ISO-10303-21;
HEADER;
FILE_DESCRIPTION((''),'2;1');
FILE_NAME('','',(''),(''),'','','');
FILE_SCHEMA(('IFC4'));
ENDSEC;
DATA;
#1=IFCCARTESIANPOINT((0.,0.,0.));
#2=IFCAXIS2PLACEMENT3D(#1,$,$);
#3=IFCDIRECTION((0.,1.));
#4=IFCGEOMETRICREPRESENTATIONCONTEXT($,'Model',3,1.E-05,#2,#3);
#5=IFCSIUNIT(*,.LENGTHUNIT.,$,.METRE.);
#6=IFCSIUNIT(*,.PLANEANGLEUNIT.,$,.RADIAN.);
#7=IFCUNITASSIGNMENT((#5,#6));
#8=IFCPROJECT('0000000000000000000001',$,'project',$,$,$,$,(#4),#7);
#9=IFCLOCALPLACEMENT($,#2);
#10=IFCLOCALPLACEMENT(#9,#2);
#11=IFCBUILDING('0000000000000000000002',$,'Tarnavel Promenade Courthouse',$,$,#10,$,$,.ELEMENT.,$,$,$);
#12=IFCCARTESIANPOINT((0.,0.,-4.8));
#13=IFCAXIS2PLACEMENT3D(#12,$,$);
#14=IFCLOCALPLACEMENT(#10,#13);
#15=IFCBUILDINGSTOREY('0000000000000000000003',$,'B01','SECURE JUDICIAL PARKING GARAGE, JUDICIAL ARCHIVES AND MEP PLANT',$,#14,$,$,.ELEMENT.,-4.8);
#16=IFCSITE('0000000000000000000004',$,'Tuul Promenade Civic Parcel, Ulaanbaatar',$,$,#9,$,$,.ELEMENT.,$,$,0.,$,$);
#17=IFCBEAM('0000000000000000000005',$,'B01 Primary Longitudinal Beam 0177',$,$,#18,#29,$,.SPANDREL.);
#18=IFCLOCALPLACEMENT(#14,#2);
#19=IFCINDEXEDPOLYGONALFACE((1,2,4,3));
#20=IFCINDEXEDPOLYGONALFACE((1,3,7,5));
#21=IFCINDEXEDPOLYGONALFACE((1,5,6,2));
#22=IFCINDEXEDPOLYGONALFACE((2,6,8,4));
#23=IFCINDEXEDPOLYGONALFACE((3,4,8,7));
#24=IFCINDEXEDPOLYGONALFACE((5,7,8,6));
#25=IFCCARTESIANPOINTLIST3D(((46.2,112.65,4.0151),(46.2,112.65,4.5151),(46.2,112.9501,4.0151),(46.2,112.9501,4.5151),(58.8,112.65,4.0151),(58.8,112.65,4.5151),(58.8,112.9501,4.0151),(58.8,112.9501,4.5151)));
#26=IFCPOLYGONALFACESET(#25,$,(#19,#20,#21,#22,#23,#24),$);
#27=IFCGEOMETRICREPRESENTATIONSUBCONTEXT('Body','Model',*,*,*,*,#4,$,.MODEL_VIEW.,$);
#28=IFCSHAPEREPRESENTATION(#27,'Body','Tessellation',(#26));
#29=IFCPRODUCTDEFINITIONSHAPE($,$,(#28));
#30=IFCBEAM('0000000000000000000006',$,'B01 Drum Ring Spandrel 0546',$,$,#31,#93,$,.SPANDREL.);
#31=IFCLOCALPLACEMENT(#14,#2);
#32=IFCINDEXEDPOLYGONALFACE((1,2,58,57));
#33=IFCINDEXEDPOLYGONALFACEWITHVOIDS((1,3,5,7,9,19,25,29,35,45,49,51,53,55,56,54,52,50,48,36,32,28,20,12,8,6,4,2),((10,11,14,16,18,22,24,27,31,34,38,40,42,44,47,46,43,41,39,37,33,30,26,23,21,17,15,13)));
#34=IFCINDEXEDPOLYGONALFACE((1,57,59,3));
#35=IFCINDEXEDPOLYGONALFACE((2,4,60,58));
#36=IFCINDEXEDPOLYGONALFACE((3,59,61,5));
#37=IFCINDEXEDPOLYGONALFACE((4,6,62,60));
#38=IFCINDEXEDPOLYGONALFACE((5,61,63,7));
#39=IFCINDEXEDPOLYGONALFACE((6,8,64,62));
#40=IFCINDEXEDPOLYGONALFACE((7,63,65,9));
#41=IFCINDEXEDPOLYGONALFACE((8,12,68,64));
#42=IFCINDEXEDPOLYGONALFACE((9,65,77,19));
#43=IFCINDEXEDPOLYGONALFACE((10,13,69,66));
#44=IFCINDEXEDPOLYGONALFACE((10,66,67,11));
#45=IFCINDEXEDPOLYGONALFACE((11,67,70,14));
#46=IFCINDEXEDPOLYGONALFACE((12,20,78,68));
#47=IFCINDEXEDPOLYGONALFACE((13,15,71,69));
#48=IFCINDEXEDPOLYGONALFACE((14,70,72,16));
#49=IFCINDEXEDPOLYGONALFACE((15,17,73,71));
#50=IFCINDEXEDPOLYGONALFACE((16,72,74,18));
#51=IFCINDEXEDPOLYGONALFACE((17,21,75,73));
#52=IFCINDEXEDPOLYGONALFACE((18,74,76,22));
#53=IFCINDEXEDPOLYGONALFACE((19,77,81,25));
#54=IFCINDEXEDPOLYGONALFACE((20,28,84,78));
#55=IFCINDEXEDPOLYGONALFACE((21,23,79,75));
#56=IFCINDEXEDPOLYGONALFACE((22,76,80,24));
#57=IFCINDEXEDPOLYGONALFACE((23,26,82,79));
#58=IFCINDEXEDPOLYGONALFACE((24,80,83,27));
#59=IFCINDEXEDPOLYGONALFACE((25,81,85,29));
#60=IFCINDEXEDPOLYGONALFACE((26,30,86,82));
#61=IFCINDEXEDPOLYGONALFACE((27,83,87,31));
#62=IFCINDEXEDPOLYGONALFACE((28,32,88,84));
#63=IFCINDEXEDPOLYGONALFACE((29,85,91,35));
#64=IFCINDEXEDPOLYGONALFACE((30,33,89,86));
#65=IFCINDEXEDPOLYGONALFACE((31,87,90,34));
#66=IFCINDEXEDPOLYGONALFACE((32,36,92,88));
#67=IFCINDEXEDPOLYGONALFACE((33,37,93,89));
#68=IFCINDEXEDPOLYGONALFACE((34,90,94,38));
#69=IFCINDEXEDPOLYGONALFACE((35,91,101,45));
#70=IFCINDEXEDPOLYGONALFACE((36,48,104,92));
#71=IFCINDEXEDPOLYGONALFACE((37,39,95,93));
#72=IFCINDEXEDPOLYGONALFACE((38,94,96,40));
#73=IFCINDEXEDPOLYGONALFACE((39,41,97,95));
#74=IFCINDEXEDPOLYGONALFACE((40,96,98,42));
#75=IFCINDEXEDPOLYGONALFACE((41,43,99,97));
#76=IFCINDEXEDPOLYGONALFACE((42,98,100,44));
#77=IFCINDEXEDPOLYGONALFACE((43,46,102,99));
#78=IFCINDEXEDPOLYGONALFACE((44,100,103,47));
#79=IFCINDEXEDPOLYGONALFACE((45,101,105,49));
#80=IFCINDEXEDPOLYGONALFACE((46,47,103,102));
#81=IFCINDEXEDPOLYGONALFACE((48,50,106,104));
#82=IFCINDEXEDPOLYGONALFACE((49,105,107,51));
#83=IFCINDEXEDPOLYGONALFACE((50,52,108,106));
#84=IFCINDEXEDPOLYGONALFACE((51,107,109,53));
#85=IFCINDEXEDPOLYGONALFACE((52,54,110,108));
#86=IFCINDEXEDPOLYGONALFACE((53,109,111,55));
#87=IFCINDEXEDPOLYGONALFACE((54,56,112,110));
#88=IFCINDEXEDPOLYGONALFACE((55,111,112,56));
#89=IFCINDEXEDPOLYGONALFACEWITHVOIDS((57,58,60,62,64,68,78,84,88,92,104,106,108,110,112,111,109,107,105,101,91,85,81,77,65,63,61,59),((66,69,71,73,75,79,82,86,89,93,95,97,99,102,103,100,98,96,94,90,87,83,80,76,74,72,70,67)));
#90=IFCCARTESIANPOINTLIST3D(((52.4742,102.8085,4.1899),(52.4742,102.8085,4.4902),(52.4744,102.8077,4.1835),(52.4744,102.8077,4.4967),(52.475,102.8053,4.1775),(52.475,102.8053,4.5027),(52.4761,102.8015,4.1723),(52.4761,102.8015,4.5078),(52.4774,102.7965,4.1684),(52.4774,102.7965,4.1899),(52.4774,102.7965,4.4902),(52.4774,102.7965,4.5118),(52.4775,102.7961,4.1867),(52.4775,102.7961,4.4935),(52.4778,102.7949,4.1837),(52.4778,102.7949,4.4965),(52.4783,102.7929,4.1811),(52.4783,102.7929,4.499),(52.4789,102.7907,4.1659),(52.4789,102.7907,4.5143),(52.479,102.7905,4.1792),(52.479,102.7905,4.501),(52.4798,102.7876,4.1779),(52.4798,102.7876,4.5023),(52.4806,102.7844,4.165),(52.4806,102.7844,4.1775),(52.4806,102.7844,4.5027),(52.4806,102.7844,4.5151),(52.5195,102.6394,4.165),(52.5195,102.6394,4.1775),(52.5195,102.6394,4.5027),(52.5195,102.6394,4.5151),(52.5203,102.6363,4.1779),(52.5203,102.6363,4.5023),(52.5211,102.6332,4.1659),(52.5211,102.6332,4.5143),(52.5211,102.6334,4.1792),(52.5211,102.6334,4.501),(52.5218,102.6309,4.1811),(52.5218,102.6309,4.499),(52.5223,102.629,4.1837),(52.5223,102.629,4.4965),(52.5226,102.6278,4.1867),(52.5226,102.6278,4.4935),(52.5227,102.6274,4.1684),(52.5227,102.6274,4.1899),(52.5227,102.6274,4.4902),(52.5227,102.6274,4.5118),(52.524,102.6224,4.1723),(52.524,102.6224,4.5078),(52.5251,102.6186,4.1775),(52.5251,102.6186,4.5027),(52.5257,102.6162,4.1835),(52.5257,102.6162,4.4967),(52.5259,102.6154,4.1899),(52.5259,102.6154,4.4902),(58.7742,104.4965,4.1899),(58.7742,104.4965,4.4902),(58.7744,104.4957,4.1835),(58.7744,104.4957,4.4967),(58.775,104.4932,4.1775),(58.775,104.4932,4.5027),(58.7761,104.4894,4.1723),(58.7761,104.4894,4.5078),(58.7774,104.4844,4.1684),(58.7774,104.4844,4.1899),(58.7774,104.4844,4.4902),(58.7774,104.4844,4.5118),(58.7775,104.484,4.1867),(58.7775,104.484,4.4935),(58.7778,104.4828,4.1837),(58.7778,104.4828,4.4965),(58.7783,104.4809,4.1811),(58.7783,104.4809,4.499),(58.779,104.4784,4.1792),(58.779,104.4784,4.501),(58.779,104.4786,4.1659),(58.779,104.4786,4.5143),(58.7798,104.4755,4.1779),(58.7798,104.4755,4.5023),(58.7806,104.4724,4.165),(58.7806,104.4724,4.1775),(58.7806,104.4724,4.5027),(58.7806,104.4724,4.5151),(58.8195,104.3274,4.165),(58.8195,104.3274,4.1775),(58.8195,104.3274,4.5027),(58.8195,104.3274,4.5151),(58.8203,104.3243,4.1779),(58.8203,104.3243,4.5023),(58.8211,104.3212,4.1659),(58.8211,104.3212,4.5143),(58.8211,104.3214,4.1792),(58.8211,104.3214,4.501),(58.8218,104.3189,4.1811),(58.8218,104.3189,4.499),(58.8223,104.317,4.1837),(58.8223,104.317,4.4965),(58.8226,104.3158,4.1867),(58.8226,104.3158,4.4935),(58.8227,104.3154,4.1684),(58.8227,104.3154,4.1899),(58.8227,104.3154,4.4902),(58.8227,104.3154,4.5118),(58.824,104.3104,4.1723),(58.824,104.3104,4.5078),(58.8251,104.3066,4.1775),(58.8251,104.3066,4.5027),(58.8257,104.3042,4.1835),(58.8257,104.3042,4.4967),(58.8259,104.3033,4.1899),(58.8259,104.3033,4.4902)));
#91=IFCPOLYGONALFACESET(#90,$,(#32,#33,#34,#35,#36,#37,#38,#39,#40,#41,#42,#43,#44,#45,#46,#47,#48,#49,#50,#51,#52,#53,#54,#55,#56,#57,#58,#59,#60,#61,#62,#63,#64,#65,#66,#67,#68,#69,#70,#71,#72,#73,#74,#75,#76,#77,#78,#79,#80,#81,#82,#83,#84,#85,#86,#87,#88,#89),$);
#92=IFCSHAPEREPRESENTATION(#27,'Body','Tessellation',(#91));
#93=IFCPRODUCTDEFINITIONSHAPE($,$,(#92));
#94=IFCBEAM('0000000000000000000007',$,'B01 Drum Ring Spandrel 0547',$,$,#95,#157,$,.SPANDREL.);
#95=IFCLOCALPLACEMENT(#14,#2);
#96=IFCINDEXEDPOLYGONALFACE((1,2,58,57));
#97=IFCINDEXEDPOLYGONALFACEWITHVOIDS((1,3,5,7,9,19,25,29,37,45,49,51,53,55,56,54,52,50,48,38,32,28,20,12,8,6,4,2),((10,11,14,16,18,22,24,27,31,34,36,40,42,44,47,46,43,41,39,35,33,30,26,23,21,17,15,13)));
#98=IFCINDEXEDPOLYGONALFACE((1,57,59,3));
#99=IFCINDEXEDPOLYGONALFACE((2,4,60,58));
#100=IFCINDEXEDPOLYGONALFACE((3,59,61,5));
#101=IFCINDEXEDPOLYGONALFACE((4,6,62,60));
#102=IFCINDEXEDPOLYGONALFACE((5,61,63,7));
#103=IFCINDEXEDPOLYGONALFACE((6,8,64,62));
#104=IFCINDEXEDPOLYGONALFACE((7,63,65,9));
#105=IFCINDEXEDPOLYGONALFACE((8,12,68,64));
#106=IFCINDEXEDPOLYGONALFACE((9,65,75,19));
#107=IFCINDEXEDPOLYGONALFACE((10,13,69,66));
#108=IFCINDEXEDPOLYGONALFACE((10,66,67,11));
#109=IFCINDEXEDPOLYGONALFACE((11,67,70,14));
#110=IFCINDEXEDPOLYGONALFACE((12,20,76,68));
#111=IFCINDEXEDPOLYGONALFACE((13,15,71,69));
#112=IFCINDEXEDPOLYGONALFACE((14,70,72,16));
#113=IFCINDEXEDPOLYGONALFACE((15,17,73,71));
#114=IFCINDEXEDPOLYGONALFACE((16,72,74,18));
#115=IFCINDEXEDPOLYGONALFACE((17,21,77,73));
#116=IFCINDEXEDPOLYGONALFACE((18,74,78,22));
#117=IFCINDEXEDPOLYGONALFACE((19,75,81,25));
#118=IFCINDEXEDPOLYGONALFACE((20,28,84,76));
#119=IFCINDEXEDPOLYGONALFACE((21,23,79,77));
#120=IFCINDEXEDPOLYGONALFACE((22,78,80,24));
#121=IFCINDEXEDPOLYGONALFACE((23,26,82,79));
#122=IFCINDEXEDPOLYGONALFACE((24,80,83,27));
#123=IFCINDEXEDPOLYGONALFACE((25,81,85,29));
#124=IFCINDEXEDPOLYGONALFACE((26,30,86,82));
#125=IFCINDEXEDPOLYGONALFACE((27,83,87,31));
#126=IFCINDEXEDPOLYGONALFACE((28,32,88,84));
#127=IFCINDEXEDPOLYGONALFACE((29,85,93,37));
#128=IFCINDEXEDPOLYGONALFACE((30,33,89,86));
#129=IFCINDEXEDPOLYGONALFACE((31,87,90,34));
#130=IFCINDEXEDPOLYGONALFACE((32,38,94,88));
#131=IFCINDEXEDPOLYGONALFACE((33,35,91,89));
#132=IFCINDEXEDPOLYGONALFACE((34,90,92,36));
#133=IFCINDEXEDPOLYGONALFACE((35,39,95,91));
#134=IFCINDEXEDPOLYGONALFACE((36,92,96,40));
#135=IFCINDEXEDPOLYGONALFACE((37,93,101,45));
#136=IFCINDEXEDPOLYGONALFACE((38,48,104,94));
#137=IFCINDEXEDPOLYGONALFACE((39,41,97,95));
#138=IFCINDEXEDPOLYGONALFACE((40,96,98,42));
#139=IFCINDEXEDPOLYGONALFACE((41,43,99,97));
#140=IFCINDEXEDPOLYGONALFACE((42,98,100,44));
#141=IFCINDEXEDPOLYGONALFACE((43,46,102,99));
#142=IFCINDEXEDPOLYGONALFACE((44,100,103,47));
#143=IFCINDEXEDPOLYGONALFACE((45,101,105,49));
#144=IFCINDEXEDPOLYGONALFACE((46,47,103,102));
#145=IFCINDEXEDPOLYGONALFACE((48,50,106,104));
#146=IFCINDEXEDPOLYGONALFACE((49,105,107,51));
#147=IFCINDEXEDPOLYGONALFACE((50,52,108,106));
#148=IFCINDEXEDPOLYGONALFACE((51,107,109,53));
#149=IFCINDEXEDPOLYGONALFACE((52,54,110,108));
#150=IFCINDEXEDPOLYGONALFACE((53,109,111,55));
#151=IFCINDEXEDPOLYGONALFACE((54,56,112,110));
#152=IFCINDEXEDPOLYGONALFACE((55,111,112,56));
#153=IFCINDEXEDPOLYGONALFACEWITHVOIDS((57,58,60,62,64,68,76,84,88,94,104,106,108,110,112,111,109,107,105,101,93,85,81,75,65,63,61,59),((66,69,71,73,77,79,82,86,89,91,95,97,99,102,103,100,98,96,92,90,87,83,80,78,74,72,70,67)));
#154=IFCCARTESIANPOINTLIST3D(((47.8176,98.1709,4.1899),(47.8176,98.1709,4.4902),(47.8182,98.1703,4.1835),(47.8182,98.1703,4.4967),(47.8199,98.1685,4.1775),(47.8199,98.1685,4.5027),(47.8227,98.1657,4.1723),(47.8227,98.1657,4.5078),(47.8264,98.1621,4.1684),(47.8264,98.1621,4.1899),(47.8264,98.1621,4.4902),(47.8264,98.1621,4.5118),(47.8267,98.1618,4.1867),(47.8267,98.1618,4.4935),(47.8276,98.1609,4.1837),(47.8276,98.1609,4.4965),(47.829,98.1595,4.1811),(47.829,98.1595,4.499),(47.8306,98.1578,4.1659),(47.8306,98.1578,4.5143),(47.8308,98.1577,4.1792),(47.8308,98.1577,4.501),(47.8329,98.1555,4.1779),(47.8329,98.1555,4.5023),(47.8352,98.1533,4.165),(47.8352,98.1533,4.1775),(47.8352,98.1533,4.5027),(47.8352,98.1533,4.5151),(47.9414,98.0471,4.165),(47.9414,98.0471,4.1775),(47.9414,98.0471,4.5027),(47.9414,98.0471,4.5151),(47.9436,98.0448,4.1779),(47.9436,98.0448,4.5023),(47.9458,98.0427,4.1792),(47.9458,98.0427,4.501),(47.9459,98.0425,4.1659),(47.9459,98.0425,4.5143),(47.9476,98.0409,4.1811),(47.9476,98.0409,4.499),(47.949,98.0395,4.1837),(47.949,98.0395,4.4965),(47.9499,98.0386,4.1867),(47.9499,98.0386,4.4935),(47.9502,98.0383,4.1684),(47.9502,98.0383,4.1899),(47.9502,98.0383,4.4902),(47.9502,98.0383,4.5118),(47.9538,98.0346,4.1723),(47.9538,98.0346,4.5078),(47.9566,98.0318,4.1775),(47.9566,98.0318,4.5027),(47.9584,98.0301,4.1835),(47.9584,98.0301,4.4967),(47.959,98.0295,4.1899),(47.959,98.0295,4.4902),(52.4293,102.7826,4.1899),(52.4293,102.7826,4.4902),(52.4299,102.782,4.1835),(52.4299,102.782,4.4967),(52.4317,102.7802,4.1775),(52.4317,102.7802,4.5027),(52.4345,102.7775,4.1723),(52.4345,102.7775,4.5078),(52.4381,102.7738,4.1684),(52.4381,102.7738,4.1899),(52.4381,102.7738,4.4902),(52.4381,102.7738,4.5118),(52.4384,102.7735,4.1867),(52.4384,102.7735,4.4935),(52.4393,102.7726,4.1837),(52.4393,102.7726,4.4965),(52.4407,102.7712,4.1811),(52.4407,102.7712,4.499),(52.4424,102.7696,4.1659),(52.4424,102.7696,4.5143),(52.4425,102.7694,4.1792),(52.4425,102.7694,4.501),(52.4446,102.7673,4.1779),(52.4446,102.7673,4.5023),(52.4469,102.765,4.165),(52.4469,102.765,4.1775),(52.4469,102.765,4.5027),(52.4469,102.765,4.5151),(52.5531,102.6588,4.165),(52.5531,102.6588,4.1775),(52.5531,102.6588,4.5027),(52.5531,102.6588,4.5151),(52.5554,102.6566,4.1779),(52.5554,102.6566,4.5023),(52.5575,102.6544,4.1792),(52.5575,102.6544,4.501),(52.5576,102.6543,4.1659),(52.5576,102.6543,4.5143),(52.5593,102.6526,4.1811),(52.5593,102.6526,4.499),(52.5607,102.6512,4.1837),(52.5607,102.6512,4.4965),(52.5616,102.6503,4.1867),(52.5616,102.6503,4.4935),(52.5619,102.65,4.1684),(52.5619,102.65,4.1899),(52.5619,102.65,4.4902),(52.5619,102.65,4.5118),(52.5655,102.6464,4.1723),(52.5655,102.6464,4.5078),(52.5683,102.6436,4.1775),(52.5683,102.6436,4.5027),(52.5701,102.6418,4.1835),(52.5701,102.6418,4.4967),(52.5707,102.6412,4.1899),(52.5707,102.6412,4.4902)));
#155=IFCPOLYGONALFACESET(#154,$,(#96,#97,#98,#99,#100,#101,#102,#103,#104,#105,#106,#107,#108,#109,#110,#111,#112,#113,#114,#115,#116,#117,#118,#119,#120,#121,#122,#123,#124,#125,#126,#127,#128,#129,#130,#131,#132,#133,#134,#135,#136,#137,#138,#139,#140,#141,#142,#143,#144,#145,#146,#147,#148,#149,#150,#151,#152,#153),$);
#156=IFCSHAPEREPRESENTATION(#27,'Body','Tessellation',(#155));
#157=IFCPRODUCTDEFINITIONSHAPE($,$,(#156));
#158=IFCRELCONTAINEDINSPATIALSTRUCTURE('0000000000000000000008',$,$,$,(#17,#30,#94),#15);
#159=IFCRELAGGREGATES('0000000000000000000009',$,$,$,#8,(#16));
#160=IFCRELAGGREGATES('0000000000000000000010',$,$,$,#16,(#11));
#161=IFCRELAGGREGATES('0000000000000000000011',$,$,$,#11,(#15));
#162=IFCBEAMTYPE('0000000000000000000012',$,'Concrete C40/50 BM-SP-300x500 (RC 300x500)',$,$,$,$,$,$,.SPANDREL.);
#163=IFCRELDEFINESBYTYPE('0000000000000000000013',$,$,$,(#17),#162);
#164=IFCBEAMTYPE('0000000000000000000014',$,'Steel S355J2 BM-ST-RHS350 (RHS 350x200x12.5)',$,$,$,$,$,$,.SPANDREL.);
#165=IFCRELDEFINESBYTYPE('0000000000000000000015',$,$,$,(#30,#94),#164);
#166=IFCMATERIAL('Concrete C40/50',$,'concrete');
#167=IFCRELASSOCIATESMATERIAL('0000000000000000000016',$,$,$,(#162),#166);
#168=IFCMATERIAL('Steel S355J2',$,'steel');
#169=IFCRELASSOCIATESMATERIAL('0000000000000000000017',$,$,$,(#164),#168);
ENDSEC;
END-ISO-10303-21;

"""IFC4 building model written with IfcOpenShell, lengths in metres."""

from ifc_helpers import new_model, si_unit, direction, frame, origin, origin_2d, place, context, subcontext, project, spatial, rectangle, hollow_rectangle, extrude, material, material_profile, profile_set, type_object, element, save


model = new_model("IFC4")

# Units and contexts
model_context = context("Model", 3, precision=1e-05, world=origin(), true_north=direction((0.0, 1.0)))
body_context = subcontext(model_context, "Body", "Model", "MODEL_VIEW")
ifc_project = project(units=[si_unit("LENGTHUNIT", "METRE"), si_unit("PLANEANGLEUNIT", "RADIAN")], contexts=[model_context])

# Site, building, storey
site_placement = place(None, origin())
site = spatial("IfcSite", under=ifc_project, at=site_placement, Name="Tuul Promenade Civic Parcel, Ulaanbaatar", CompositionType="ELEMENT", RefElevation=0.0)
building_placement = place(site_placement, origin())
building = spatial("IfcBuilding", under=site, at=building_placement, Name="Tarnavel Promenade Courthouse", CompositionType="ELEMENT")
storey_placement = place(building_placement, frame((0.0, 0.0, -4.8)))
storey = spatial("IfcBuildingStorey", under=building, at=storey_placement, Name="B01", Description="SECURE JUDICIAL PARKING GARAGE, JUDICIAL ARCHIVES AND MEP PLANT", CompositionType="ELEMENT", Elevation=-4.8)

# Shared definitions
ifc_material_1 = material(Name="Concrete C40/50", Category="concrete")

# Beams
ifc_material_profile_1 = material_profile(ifc_material_1, rectangle(XDim=0.3, YDim=0.5, at=origin_2d()), Name="RC 300x500")
ifc_profile_set_1 = profile_set([ifc_material_profile_1], Name="Concrete C40/50")
beam_type_1 = type_object("IfcBeamType", Name="Concrete C40/50 BM-SP-300x500 (RC 300x500)", PredefinedType="SPANDREL", material=ifc_profile_set_1)
beam_1_placement = place(storey_placement, frame((46.2, 112.8, 4.2651), z_axis=(1.0, 0.0, 0.0), x_axis=(0.0, 1.0, 0.0)))
element("IfcBeam", 1, at=beam_1_placement, inside=storey, type_object=beam_type_1, Name="B01 Primary Longitudinal Beam 0177", PredefinedType="SPANDREL", context=body_context, shape_type="SweptSolid", body=[
    extrude(rectangle(XDim=0.3, YDim=0.5, at=origin_2d()), origin(), (0.0, 0.0, 1.0), 12.6001),
])
ifc_material_2 = material(Name="Steel S355J2", Category="steel")
ifc_material_profile_2 = material_profile(ifc_material_2, hollow_rectangle(XDim=0.2, YDim=0.3501, WallThickness=0.0125, InnerFilletRadius=0.0125, OuterFilletRadius=0.0249, at=origin_2d()), Name="RHS 350x200x12.5")
ifc_profile_set_2 = profile_set([ifc_material_profile_2], Name="Steel S355J2")
beam_type_2 = type_object("IfcBeamType", Name="Steel S355J2 BM-ST-RHS350 (RHS 350x200x12.5)", PredefinedType="SPANDREL", material=ifc_profile_set_2)
beam_2_placement = place(storey_placement, frame((58.8, 104.3999, 4.3401), z_axis=(-0.96593, -0.258804, 0.0), x_axis=(0.258804, -0.96593, 0.0)))
element("IfcBeam", 2, at=beam_2_placement, inside=storey, type_object=beam_type_2, Name="B01 Drum Ring Spandrel 0546", PredefinedType="SPANDREL", context=body_context, shape_type="SweptSolid", body=[
    extrude(hollow_rectangle(XDim=0.2, YDim=0.3501, WallThickness=0.0125, InnerFilletRadius=0.0125, OuterFilletRadius=0.0249, at=origin_2d()), origin(), (0.0, 0.0, 1.0), 6.5222),
])
beam_3_placement = place(storey_placement, frame((52.5, 102.7119, 4.3401), z_axis=(-0.707107, -0.707107, 0.0), x_axis=(0.707107, -0.707107, 0.0)))
element("IfcBeam", 3, at=beam_3_placement, inside=storey, type_object=beam_type_2, Name="B01 Drum Ring Spandrel 0547", PredefinedType="SPANDREL", context=body_context, shape_type="SweptSolid", body=[
    extrude(hollow_rectangle(XDim=0.2, YDim=0.3501, WallThickness=0.0125, InnerFilletRadius=0.0125, OuterFilletRadius=0.0249, at=origin_2d()), origin(), (0.0, 0.0, 1.0), 6.522),
])

save(model, "model.ifc")
